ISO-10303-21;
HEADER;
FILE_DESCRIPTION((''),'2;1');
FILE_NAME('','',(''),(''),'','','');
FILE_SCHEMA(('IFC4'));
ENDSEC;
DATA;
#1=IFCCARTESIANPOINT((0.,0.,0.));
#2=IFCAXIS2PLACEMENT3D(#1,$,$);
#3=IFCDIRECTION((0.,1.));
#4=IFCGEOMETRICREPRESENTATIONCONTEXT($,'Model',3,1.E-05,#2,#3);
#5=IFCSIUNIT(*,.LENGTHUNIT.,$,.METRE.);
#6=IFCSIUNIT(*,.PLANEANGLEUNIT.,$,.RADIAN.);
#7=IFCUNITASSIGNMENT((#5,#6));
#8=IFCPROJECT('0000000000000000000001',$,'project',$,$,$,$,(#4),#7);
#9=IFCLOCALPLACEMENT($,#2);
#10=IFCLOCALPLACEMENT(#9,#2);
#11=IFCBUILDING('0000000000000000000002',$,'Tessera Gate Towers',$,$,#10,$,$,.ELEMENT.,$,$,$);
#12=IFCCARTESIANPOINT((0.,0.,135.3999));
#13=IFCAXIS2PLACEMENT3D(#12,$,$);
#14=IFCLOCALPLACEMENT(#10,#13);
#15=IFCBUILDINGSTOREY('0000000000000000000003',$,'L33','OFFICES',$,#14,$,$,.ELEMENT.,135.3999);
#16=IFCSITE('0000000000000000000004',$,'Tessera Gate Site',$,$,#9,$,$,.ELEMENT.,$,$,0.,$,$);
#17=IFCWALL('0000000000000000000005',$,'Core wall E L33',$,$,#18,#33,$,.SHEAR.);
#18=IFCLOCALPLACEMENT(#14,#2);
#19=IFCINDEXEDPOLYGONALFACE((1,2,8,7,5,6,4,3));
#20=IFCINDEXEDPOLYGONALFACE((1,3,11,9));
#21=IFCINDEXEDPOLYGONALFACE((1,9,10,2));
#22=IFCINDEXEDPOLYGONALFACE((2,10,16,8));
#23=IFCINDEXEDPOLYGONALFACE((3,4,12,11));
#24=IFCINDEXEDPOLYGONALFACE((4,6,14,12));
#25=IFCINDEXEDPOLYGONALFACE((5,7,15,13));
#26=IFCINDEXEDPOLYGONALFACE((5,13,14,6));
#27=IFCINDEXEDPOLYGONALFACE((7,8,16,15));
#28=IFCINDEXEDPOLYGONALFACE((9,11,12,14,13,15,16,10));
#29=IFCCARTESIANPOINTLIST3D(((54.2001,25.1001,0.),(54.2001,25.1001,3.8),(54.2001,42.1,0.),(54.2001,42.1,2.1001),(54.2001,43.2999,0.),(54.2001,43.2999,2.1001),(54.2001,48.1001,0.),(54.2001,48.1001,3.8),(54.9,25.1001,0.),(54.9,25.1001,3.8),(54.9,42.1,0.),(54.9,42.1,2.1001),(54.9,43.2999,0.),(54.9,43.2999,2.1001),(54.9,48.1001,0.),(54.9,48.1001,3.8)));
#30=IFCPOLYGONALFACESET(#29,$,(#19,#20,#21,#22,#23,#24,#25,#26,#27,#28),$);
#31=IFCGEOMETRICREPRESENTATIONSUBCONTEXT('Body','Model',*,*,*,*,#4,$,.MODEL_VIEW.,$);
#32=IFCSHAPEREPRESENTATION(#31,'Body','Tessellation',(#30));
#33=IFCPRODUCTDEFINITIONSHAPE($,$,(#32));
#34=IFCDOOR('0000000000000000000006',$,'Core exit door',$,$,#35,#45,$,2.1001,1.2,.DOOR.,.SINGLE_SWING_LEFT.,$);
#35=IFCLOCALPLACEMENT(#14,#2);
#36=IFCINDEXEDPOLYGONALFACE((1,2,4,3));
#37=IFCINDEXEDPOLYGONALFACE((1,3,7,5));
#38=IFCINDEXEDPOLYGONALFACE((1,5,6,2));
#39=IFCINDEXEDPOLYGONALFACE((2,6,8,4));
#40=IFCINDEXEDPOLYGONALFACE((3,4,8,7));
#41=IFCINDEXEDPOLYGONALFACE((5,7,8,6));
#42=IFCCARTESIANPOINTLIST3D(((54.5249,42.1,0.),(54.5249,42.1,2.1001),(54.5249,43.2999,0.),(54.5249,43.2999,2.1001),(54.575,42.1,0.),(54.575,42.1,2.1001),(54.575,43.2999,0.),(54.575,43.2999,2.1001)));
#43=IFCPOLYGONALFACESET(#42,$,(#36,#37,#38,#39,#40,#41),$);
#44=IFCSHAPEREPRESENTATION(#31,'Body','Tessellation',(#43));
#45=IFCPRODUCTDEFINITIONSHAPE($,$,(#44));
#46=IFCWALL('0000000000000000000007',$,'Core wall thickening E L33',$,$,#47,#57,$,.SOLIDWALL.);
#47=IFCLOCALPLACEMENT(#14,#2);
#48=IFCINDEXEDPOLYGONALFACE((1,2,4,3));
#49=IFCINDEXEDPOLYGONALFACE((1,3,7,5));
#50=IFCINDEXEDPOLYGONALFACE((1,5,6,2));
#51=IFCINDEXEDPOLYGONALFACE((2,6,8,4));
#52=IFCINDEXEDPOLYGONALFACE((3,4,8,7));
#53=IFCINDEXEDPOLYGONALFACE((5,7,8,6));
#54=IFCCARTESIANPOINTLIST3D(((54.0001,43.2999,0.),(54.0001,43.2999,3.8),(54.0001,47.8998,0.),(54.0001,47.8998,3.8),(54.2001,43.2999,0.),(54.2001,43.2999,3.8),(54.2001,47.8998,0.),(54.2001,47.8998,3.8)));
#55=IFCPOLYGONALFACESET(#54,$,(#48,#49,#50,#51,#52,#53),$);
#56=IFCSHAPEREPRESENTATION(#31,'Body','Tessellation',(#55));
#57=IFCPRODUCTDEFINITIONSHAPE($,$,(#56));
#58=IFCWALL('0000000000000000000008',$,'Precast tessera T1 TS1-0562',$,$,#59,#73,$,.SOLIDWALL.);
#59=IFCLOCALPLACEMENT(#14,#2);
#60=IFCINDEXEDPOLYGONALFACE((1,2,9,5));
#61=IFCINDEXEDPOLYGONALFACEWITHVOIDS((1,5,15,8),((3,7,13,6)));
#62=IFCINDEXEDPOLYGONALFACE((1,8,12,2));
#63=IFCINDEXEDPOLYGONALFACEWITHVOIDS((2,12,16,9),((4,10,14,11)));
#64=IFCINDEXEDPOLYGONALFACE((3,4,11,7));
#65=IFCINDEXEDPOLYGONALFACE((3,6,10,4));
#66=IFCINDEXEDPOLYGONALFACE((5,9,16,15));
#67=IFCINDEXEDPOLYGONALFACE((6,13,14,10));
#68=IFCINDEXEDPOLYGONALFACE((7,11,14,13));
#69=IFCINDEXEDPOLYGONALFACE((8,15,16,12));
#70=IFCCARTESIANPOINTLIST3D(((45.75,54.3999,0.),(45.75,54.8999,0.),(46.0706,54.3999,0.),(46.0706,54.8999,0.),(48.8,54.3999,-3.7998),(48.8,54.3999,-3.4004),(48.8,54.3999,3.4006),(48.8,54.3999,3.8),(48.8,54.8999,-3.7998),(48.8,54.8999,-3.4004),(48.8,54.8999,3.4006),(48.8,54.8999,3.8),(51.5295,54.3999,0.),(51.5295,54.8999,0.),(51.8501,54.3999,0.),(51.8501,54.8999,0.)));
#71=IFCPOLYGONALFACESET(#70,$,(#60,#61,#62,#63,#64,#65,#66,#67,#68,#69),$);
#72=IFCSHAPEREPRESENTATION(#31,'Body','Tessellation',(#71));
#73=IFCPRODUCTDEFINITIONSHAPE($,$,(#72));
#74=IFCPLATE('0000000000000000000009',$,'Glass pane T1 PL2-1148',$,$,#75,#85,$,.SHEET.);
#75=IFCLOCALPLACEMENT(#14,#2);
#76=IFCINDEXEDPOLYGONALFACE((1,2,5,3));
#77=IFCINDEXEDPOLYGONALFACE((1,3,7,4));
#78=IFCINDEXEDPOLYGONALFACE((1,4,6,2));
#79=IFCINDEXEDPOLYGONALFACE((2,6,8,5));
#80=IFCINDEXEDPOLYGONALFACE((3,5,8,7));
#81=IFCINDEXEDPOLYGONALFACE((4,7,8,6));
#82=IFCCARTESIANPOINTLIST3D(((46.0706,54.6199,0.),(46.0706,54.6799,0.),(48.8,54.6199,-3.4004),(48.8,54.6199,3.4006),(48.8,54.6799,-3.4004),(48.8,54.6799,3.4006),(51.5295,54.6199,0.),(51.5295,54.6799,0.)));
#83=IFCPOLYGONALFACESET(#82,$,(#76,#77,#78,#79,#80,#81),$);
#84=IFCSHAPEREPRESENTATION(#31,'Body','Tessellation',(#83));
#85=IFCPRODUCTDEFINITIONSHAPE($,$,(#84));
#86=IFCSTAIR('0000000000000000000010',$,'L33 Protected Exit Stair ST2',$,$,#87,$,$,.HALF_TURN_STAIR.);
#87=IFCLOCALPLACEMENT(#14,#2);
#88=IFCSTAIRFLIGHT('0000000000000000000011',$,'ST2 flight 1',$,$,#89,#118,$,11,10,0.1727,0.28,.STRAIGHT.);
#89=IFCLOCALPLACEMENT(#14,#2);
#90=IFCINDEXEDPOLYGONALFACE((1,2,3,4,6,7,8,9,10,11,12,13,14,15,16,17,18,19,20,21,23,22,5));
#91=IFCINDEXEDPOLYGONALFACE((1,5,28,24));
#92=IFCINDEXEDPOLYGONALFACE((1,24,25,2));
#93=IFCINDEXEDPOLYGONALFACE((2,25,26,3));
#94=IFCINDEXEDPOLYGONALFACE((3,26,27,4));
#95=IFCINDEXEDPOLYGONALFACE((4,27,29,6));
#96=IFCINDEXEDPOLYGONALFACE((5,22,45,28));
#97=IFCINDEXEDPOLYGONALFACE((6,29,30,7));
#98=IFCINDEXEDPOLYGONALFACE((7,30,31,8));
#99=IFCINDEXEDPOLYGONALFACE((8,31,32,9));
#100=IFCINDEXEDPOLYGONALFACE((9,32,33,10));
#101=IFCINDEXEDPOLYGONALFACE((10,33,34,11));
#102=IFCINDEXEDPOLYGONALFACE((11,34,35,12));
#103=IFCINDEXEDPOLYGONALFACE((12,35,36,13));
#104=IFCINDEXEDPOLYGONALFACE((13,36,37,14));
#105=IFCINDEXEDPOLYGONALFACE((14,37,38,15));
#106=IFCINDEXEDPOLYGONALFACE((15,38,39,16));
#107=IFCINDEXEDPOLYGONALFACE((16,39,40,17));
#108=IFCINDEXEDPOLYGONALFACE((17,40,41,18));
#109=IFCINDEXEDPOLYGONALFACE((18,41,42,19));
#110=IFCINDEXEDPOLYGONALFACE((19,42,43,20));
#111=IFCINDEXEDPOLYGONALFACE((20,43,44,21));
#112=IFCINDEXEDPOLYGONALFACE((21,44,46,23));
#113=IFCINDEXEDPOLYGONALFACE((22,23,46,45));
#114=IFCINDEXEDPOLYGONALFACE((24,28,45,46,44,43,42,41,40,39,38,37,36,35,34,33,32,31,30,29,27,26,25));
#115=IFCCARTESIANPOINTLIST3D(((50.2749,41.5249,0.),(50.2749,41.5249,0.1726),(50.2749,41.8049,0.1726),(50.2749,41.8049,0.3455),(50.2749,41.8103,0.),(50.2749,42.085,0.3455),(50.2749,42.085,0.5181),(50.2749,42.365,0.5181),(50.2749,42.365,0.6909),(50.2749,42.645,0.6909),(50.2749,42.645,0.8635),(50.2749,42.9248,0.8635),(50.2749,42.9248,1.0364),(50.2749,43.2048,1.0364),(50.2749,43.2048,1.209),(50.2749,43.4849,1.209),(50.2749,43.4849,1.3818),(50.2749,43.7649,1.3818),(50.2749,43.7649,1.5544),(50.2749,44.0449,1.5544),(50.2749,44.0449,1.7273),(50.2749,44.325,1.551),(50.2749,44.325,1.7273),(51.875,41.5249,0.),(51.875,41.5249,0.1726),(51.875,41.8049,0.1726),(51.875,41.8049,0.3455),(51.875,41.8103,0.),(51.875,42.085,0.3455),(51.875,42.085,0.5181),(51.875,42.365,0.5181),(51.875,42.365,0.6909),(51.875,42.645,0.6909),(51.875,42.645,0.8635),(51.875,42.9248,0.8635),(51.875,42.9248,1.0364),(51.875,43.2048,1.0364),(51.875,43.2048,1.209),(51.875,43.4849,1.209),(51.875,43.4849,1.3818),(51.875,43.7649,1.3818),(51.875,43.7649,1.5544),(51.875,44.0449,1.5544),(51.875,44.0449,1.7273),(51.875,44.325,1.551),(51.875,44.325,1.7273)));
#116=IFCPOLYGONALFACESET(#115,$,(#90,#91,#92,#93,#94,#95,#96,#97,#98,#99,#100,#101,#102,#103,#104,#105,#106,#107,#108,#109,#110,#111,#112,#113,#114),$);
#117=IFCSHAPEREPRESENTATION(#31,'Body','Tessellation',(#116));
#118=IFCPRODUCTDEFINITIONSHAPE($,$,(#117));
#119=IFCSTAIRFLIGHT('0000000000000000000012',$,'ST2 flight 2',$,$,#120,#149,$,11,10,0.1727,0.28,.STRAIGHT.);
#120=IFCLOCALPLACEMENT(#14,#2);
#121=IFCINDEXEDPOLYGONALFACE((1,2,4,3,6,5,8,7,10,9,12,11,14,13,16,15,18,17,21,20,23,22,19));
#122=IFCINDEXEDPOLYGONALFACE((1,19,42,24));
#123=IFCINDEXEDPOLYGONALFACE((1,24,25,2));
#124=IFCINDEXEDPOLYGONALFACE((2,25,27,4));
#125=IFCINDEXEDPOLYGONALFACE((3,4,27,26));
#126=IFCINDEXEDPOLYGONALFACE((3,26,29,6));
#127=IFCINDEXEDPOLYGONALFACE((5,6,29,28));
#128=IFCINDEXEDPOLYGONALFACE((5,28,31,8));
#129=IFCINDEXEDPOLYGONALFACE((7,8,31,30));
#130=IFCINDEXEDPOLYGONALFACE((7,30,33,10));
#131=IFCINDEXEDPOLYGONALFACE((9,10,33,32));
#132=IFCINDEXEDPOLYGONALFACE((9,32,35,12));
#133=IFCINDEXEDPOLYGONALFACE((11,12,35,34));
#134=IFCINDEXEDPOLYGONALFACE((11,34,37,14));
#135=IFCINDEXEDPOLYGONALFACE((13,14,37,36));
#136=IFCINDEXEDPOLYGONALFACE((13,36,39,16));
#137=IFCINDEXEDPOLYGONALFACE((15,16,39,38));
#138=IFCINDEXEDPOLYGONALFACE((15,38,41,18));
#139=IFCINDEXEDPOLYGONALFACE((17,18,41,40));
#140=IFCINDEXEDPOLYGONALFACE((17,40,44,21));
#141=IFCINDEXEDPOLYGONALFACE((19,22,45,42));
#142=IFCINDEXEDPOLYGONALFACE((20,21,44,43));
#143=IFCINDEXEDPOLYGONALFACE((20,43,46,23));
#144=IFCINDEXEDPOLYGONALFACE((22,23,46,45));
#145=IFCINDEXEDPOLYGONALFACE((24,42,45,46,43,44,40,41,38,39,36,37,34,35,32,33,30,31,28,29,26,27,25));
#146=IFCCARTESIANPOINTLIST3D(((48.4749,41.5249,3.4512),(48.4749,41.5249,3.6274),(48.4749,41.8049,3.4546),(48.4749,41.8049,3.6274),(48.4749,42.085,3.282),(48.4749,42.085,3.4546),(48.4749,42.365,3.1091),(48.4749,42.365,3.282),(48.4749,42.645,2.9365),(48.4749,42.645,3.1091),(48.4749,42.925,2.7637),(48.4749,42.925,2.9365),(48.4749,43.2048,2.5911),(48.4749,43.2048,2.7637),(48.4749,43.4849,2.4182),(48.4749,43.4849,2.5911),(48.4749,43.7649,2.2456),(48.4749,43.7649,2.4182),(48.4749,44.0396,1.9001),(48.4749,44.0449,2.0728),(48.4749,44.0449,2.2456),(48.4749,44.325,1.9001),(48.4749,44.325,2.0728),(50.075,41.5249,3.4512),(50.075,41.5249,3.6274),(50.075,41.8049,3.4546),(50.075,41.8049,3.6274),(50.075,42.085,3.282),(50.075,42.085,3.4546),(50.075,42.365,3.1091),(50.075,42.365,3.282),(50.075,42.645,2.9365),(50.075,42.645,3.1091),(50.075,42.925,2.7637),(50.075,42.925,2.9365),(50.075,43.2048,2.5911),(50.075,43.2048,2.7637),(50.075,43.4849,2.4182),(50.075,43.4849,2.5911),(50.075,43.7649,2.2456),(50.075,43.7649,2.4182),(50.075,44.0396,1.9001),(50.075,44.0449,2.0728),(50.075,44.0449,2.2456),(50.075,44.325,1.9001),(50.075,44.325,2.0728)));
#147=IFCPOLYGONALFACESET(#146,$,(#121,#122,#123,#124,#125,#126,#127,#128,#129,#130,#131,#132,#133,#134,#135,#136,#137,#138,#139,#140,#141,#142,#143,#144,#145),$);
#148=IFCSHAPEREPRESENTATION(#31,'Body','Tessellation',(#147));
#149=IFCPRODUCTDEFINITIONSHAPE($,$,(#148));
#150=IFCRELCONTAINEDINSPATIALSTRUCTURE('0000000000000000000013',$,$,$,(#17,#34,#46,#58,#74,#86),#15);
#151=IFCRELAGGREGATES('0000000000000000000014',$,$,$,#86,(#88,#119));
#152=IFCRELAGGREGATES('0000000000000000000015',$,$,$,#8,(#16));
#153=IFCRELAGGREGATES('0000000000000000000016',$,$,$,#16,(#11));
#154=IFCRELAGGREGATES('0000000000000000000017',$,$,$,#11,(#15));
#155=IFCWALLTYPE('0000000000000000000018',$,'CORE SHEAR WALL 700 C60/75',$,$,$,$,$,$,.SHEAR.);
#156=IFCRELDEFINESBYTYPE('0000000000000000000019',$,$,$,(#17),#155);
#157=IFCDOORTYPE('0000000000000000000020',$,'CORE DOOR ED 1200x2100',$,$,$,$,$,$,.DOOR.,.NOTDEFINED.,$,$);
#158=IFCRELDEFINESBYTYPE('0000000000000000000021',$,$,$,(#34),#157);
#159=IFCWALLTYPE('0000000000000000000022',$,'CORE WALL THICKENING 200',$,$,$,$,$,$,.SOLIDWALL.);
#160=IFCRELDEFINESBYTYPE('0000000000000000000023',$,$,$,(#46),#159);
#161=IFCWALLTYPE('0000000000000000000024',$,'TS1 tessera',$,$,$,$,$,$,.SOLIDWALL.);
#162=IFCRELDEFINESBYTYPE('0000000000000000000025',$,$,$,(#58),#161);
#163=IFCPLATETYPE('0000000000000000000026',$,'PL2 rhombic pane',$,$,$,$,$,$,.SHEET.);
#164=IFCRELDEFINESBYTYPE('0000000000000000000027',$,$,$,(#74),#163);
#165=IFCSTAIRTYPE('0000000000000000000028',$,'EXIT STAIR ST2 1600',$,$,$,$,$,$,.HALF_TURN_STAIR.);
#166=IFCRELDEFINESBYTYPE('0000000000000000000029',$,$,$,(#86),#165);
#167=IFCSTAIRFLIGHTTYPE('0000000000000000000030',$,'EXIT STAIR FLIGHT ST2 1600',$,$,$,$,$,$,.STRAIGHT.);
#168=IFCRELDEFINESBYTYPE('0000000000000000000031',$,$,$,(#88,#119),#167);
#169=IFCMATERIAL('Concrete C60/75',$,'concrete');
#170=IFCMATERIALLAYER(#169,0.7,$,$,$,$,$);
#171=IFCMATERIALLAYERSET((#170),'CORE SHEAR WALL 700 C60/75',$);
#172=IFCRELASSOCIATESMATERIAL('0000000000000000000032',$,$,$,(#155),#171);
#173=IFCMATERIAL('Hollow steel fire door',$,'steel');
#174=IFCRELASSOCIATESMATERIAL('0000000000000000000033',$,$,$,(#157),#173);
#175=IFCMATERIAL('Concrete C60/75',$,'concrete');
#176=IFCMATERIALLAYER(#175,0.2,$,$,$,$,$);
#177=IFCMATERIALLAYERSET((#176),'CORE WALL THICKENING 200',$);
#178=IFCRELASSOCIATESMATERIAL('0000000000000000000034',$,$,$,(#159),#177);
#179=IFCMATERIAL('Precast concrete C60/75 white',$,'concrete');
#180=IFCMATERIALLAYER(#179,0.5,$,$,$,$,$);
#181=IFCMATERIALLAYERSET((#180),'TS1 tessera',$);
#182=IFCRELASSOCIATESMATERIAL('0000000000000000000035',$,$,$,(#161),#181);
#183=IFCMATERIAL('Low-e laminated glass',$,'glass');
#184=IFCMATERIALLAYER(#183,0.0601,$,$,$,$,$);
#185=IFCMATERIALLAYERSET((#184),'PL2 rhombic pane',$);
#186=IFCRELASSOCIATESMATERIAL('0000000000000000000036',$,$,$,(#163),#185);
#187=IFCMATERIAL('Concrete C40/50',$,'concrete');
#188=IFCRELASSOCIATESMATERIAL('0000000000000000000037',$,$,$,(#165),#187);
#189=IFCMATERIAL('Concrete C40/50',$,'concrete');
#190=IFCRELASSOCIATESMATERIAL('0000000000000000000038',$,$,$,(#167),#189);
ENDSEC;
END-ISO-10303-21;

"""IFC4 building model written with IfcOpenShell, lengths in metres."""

from ifc_helpers import new_model, si_unit, direction, frame, frame_2d, origin, place, context, subcontext, project, spatial, polyline, rectangle, outline, extrude, source, transform, mapped, material, layer, layer_set, type_object, element, fill, aggregate, save


model = new_model("IFC4")

# Units and contexts
model_context = context("Model", 3, precision=1e-05, world=origin(), true_north=direction((0.0, 1.0)))
body_context = subcontext(model_context, "Body", "Model", "MODEL_VIEW")
ifc_project = project(units=[si_unit("LENGTHUNIT", "METRE"), si_unit("PLANEANGLEUNIT", "RADIAN")], contexts=[model_context])

# Site, building, storey
site_placement = place(None, origin())
site = spatial("IfcSite", under=ifc_project, at=site_placement, Name="Tessera Gate Site", CompositionType="ELEMENT", RefElevation=0.0)
building_placement = place(site_placement, origin())
building = spatial("IfcBuilding", under=site, at=building_placement, Name="Tessera Gate Towers", CompositionType="ELEMENT")
storey_placement = place(building_placement, frame((0.0, 0.0, 135.3999)))
storey = spatial("IfcBuildingStorey", under=building, at=storey_placement, Name="L33", Description="OFFICES", CompositionType="ELEMENT", Elevation=135.3999)

# Shared definitions
shared_shape_1 = source(origin(), body_context, "Body", "SweptSolid", [
    extrude(rectangle(XDim=1.2, YDim=2.1001, at=frame_2d((0.6001, 1.05))), frame((0.0, 0.0249, 0.0), z_axis=(0.0, -1.0, 0.0), x_axis=(1.0, 0.0, 0.0)), (0.0, 0.0, 1.0), 0.05),
])

# Wall, opening, door
ifc_material_1 = material(Name="Concrete C60/75", Category="concrete")
ifc_layer_1 = layer(ifc_material_1, 0.7)
ifc_layer_set_1 = layer_set([ifc_layer_1], Name="CORE SHEAR WALL 700 C60/75")
wall_type_1 = type_object("IfcWallType", Name="CORE SHEAR WALL 700 C60/75", PredefinedType="SHEAR", material=ifc_layer_set_1)
wall_1_placement = place(storey_placement, frame((54.55, 48.1001, 0.0), z_axis=(0.0, 0.0, 1.0), x_axis=(0.0, -1.0, 0.0)))
wall_1 = element("IfcWall", 1, at=wall_1_placement, inside=storey, type_object=wall_type_1, Name="Core wall E L33", PredefinedType="SHEAR", context=body_context, shape_type="SweptSolid", body=[
    extrude(rectangle(XDim=23.0, YDim=0.7, at=frame_2d((11.5, 0.0))), origin(), (0.0, 0.0, 1.0), 3.8),
])
shared_shape_2 = source(origin(), body_context, "Body", "SweptSolid", [
    extrude(rectangle(XDim=1.2, YDim=2.1001, at=frame_2d((0.6001, 1.05))), frame((0.0, 0.3599, 0.0), z_axis=(0.0, -1.0, 0.0), x_axis=(1.0, 0.0, 0.0)), (0.0, 0.0, 1.0), 0.72),
])
opening_1_placement = place(wall_1_placement, frame((4.8, 0.0, 0.0)))
opening_1 = element("IfcOpeningElement", 2, at=opening_1_placement, cuts=wall_1, PredefinedType="OPENING", context=body_context, shape_type="MappedRepresentation", body=[
    mapped(shared_shape_2, transform((0.0, 0.0, 0.0), scale=1.0)),
])
ifc_material_2 = material(Name="Hollow steel fire door", Category="steel")
door_type_1 = type_object("IfcDoorType", Name="CORE DOOR ED 1200x2100", OperationType="NOTDEFINED", PredefinedType="DOOR", material=ifc_material_2)
door_1_placement = place(opening_1_placement, origin())
door_1 = element("IfcDoor", 3, at=door_1_placement, inside=storey, type_object=door_type_1, Name="Core exit door", OperationType="SINGLE_SWING_LEFT", OverallHeight=2.1001, OverallWidth=1.2, PredefinedType="DOOR", context=body_context, shape_type="MappedRepresentation", body=[
    mapped(shared_shape_1, transform((0.0, 0.0, 0.0), scale=1.0)),
])
fill(opening_1, door_1)

# Wall
ifc_material_3 = material(Name="Concrete C60/75", Category="concrete")
ifc_layer_2 = layer(ifc_material_3, 0.2)
ifc_layer_set_2 = layer_set([ifc_layer_2], Name="CORE WALL THICKENING 200")
wall_type_2 = type_object("IfcWallType", Name="CORE WALL THICKENING 200", PredefinedType="SOLIDWALL", material=ifc_layer_set_2)
wall_2_placement = place(storey_placement, frame((54.1001, 43.3, 0.0), z_axis=(0.0, 0.0, 1.0), x_axis=(0.0, 1.0, 0.0)))
element("IfcWall", 4, at=wall_2_placement, inside=storey, type_object=wall_type_2, Name="Core wall thickening E L33", PredefinedType="SOLIDWALL", context=body_context, shape_type="SweptSolid", body=[
    extrude(rectangle(XDim=4.5999, YDim=0.2, at=frame_2d((2.2998, 0.0))), origin(), (0.0, 0.0, 1.0), 3.8),
])

# Wall, opening, plate
ifc_material_4 = material(Name="Precast concrete C60/75 white", Category="concrete")
ifc_layer_3 = layer(ifc_material_4, 0.5)
ifc_layer_set_3 = layer_set([ifc_layer_3], Name="TS1 tessera")
wall_type_3 = type_object("IfcWallType", Name="TS1 tessera", PredefinedType="SOLIDWALL", material=ifc_layer_set_3)
shared_shape_3 = source(origin(), body_context, "Body", "SweptSolid", [
    extrude(outline(polyline([(3.05, 0.0), (6.1001, 3.7998), (3.05, 7.5999), (0.0, 3.7998), (3.05, 0.0)])), frame((0.0, 0.25, 0.0), z_axis=(0.0, -1.0, 0.0), x_axis=(1.0, 0.0, 0.0)), (0.0, 0.0, 1.0), 0.5),
])
wall_3_placement = place(storey_placement, frame((51.8501, 54.6499, -3.7998), z_axis=(0.0, 0.0, 1.0), x_axis=(-1.0, 0.0, 0.0)))
wall_3 = element("IfcWall", 5, at=wall_3_placement, inside=storey, type_object=wall_type_3, Name="Precast tessera T1 TS1-0562", PredefinedType="SOLIDWALL", context=body_context, shape_type="MappedRepresentation", body=[
    mapped(shared_shape_3, transform((0.0, 0.0, 0.0), scale=1.0)),
])
shared_shape_4 = source(origin(), body_context, "Body", "SweptSolid", [
    extrude(outline(polyline([(3.05, 0.3994), (5.7795, 3.7998), (3.05, 7.2004), (0.3206, 3.7998), (3.05, 0.3994)])), frame((0.0, 0.26, 0.0), z_axis=(0.0, -1.0, 0.0), x_axis=(1.0, 0.0, 0.0)), (0.0, 0.0, 1.0), 0.52),
])
opening_2_placement = place(wall_3_placement, origin())
opening_2 = element("IfcOpeningElement", 6, at=opening_2_placement, cuts=wall_3, PredefinedType="OPENING", context=body_context, shape_type="MappedRepresentation", body=[
    mapped(shared_shape_4, transform((0.0, 0.0, 0.0), scale=1.0)),
])
ifc_material_5 = material(Name="Low-e laminated glass", Category="glass")
ifc_layer_4 = layer(ifc_material_5, 0.0601)
ifc_layer_set_4 = layer_set([ifc_layer_4], Name="PL2 rhombic pane")
plate_type = type_object("IfcPlateType", Name="PL2 rhombic pane", PredefinedType="SHEET", material=ifc_layer_set_4)
shared_shape_5 = source(origin(), body_context, "Body", "SweptSolid", [
    extrude(outline(polyline([(3.05, 0.3994), (5.7795, 3.7998), (3.05, 7.2004), (0.3206, 3.7998), (3.05, 0.3994)])), frame((0.0, 0.03, 0.0), z_axis=(0.0, -1.0, 0.0), x_axis=(1.0, 0.0, 0.0)), (0.0, 0.0, 1.0), 0.0601),
])
plate_placement = place(opening_2_placement, origin())
plate = element("IfcPlate", 7, at=plate_placement, inside=storey, type_object=plate_type, Name="Glass pane T1 PL2-1148", PredefinedType="SHEET", context=body_context, shape_type="MappedRepresentation", body=[
    mapped(shared_shape_5, transform((0.0, 0.0, 0.0), scale=1.0)),
])
fill(opening_2, plate)

# Stair, stair flights
ifc_material_6 = material(Name="Concrete C40/50", Category="concrete")
stair_type = type_object("IfcStairType", Name="EXIT STAIR ST2 1600", PredefinedType="HALF_TURN_STAIR", material=ifc_material_6)
stair_placement = place(storey_placement, origin())
stair = element("IfcStair", 8, at=stair_placement, inside=storey, type_object=stair_type, Name="L33 Protected Exit Stair ST2", PredefinedType="HALF_TURN_STAIR")
ifc_material_7 = material(Name="Concrete C40/50", Category="concrete")
stair_flight_type = type_object("IfcStairFlightType", Name="EXIT STAIR FLIGHT ST2 1600", PredefinedType="STRAIGHT", material=ifc_material_7)
stair_flight_1_placement = place(storey_placement, frame((51.075, 41.5249, 0.0), z_axis=(0.0, 0.0, 1.0), x_axis=(0.0, 1.0, 0.0)))
stair_flight_1 = element("IfcStairFlight", 9, at=stair_flight_1_placement, type_object=stair_flight_type, Name="ST2 flight 1", NumberOfRisers=11, NumberOfTreads=10, PredefinedType="STRAIGHT", RiserHeight=0.1727, TreadLength=0.28, context=body_context, shape_type="SweptSolid", body=[
    extrude(outline(polyline([(0.0, 0.0), (0.0, 0.1726), (0.28, 0.1726), (0.28, 0.3455), (0.5601, 0.3455), (0.5601, 0.5181), (0.8401, 0.5181), (0.8401, 0.6909), (1.1201, 0.6909), (1.1201, 0.8635), (1.3999, 0.8635), (1.3999, 1.0364), (1.6799, 1.0364), (1.6799, 1.209), (1.96, 1.209), (1.96, 1.3818), (2.24, 1.3818), (2.24, 1.5544), (2.52, 1.5544), (2.52, 1.7273), (2.8, 1.7273), (2.8, 1.8999), (2.8, 1.551), (0.2854, 0.0), (0.0, 0.0)])), frame((0.0, 0.8, 0.0), z_axis=(0.0, -1.0, 0.0), x_axis=(1.0, 0.0, 0.0)), (0.0, 0.0, 1.0), 1.6001),
])
stair_flight_2_placement = place(storey_placement, frame((49.2749, 44.325, 1.9001), z_axis=(0.0, 0.0, 1.0), x_axis=(0.0, -1.0, 0.0)))
stair_flight_2 = element("IfcStairFlight", 10, at=stair_flight_2_placement, type_object=stair_flight_type, Name="ST2 flight 2", NumberOfRisers=11, NumberOfTreads=10, PredefinedType="STRAIGHT", RiserHeight=0.1727, TreadLength=0.28, context=body_context, shape_type="SweptSolid", body=[
    extrude(outline(polyline([(0.0, 0.0), (0.0, 0.1726), (0.28, 0.1726), (0.28, 0.3455), (0.5601, 0.3455), (0.5601, 0.5181), (0.8401, 0.5181), (0.8401, 0.6909), (1.1201, 0.6909), (1.1201, 0.8635), (1.3999, 0.8635), (1.3999, 1.0364), (1.6799, 1.0364), (1.6799, 1.209), (1.96, 1.209), (1.96, 1.3818), (2.24, 1.3818), (2.24, 1.5544), (2.52, 1.5544), (2.52, 1.7273), (2.8, 1.7273), (2.8, 1.8999), (2.8, 1.551), (0.2854, 0.0), (0.0, 0.0)])), frame((0.0, 0.8, 0.0), z_axis=(0.0, -1.0, 0.0), x_axis=(1.0, 0.0, 0.0)), (0.0, 0.0, 1.0), 1.6001),
])
aggregate(stair, [stair_flight_1, stair_flight_2])

save(model, "model.ifc")
